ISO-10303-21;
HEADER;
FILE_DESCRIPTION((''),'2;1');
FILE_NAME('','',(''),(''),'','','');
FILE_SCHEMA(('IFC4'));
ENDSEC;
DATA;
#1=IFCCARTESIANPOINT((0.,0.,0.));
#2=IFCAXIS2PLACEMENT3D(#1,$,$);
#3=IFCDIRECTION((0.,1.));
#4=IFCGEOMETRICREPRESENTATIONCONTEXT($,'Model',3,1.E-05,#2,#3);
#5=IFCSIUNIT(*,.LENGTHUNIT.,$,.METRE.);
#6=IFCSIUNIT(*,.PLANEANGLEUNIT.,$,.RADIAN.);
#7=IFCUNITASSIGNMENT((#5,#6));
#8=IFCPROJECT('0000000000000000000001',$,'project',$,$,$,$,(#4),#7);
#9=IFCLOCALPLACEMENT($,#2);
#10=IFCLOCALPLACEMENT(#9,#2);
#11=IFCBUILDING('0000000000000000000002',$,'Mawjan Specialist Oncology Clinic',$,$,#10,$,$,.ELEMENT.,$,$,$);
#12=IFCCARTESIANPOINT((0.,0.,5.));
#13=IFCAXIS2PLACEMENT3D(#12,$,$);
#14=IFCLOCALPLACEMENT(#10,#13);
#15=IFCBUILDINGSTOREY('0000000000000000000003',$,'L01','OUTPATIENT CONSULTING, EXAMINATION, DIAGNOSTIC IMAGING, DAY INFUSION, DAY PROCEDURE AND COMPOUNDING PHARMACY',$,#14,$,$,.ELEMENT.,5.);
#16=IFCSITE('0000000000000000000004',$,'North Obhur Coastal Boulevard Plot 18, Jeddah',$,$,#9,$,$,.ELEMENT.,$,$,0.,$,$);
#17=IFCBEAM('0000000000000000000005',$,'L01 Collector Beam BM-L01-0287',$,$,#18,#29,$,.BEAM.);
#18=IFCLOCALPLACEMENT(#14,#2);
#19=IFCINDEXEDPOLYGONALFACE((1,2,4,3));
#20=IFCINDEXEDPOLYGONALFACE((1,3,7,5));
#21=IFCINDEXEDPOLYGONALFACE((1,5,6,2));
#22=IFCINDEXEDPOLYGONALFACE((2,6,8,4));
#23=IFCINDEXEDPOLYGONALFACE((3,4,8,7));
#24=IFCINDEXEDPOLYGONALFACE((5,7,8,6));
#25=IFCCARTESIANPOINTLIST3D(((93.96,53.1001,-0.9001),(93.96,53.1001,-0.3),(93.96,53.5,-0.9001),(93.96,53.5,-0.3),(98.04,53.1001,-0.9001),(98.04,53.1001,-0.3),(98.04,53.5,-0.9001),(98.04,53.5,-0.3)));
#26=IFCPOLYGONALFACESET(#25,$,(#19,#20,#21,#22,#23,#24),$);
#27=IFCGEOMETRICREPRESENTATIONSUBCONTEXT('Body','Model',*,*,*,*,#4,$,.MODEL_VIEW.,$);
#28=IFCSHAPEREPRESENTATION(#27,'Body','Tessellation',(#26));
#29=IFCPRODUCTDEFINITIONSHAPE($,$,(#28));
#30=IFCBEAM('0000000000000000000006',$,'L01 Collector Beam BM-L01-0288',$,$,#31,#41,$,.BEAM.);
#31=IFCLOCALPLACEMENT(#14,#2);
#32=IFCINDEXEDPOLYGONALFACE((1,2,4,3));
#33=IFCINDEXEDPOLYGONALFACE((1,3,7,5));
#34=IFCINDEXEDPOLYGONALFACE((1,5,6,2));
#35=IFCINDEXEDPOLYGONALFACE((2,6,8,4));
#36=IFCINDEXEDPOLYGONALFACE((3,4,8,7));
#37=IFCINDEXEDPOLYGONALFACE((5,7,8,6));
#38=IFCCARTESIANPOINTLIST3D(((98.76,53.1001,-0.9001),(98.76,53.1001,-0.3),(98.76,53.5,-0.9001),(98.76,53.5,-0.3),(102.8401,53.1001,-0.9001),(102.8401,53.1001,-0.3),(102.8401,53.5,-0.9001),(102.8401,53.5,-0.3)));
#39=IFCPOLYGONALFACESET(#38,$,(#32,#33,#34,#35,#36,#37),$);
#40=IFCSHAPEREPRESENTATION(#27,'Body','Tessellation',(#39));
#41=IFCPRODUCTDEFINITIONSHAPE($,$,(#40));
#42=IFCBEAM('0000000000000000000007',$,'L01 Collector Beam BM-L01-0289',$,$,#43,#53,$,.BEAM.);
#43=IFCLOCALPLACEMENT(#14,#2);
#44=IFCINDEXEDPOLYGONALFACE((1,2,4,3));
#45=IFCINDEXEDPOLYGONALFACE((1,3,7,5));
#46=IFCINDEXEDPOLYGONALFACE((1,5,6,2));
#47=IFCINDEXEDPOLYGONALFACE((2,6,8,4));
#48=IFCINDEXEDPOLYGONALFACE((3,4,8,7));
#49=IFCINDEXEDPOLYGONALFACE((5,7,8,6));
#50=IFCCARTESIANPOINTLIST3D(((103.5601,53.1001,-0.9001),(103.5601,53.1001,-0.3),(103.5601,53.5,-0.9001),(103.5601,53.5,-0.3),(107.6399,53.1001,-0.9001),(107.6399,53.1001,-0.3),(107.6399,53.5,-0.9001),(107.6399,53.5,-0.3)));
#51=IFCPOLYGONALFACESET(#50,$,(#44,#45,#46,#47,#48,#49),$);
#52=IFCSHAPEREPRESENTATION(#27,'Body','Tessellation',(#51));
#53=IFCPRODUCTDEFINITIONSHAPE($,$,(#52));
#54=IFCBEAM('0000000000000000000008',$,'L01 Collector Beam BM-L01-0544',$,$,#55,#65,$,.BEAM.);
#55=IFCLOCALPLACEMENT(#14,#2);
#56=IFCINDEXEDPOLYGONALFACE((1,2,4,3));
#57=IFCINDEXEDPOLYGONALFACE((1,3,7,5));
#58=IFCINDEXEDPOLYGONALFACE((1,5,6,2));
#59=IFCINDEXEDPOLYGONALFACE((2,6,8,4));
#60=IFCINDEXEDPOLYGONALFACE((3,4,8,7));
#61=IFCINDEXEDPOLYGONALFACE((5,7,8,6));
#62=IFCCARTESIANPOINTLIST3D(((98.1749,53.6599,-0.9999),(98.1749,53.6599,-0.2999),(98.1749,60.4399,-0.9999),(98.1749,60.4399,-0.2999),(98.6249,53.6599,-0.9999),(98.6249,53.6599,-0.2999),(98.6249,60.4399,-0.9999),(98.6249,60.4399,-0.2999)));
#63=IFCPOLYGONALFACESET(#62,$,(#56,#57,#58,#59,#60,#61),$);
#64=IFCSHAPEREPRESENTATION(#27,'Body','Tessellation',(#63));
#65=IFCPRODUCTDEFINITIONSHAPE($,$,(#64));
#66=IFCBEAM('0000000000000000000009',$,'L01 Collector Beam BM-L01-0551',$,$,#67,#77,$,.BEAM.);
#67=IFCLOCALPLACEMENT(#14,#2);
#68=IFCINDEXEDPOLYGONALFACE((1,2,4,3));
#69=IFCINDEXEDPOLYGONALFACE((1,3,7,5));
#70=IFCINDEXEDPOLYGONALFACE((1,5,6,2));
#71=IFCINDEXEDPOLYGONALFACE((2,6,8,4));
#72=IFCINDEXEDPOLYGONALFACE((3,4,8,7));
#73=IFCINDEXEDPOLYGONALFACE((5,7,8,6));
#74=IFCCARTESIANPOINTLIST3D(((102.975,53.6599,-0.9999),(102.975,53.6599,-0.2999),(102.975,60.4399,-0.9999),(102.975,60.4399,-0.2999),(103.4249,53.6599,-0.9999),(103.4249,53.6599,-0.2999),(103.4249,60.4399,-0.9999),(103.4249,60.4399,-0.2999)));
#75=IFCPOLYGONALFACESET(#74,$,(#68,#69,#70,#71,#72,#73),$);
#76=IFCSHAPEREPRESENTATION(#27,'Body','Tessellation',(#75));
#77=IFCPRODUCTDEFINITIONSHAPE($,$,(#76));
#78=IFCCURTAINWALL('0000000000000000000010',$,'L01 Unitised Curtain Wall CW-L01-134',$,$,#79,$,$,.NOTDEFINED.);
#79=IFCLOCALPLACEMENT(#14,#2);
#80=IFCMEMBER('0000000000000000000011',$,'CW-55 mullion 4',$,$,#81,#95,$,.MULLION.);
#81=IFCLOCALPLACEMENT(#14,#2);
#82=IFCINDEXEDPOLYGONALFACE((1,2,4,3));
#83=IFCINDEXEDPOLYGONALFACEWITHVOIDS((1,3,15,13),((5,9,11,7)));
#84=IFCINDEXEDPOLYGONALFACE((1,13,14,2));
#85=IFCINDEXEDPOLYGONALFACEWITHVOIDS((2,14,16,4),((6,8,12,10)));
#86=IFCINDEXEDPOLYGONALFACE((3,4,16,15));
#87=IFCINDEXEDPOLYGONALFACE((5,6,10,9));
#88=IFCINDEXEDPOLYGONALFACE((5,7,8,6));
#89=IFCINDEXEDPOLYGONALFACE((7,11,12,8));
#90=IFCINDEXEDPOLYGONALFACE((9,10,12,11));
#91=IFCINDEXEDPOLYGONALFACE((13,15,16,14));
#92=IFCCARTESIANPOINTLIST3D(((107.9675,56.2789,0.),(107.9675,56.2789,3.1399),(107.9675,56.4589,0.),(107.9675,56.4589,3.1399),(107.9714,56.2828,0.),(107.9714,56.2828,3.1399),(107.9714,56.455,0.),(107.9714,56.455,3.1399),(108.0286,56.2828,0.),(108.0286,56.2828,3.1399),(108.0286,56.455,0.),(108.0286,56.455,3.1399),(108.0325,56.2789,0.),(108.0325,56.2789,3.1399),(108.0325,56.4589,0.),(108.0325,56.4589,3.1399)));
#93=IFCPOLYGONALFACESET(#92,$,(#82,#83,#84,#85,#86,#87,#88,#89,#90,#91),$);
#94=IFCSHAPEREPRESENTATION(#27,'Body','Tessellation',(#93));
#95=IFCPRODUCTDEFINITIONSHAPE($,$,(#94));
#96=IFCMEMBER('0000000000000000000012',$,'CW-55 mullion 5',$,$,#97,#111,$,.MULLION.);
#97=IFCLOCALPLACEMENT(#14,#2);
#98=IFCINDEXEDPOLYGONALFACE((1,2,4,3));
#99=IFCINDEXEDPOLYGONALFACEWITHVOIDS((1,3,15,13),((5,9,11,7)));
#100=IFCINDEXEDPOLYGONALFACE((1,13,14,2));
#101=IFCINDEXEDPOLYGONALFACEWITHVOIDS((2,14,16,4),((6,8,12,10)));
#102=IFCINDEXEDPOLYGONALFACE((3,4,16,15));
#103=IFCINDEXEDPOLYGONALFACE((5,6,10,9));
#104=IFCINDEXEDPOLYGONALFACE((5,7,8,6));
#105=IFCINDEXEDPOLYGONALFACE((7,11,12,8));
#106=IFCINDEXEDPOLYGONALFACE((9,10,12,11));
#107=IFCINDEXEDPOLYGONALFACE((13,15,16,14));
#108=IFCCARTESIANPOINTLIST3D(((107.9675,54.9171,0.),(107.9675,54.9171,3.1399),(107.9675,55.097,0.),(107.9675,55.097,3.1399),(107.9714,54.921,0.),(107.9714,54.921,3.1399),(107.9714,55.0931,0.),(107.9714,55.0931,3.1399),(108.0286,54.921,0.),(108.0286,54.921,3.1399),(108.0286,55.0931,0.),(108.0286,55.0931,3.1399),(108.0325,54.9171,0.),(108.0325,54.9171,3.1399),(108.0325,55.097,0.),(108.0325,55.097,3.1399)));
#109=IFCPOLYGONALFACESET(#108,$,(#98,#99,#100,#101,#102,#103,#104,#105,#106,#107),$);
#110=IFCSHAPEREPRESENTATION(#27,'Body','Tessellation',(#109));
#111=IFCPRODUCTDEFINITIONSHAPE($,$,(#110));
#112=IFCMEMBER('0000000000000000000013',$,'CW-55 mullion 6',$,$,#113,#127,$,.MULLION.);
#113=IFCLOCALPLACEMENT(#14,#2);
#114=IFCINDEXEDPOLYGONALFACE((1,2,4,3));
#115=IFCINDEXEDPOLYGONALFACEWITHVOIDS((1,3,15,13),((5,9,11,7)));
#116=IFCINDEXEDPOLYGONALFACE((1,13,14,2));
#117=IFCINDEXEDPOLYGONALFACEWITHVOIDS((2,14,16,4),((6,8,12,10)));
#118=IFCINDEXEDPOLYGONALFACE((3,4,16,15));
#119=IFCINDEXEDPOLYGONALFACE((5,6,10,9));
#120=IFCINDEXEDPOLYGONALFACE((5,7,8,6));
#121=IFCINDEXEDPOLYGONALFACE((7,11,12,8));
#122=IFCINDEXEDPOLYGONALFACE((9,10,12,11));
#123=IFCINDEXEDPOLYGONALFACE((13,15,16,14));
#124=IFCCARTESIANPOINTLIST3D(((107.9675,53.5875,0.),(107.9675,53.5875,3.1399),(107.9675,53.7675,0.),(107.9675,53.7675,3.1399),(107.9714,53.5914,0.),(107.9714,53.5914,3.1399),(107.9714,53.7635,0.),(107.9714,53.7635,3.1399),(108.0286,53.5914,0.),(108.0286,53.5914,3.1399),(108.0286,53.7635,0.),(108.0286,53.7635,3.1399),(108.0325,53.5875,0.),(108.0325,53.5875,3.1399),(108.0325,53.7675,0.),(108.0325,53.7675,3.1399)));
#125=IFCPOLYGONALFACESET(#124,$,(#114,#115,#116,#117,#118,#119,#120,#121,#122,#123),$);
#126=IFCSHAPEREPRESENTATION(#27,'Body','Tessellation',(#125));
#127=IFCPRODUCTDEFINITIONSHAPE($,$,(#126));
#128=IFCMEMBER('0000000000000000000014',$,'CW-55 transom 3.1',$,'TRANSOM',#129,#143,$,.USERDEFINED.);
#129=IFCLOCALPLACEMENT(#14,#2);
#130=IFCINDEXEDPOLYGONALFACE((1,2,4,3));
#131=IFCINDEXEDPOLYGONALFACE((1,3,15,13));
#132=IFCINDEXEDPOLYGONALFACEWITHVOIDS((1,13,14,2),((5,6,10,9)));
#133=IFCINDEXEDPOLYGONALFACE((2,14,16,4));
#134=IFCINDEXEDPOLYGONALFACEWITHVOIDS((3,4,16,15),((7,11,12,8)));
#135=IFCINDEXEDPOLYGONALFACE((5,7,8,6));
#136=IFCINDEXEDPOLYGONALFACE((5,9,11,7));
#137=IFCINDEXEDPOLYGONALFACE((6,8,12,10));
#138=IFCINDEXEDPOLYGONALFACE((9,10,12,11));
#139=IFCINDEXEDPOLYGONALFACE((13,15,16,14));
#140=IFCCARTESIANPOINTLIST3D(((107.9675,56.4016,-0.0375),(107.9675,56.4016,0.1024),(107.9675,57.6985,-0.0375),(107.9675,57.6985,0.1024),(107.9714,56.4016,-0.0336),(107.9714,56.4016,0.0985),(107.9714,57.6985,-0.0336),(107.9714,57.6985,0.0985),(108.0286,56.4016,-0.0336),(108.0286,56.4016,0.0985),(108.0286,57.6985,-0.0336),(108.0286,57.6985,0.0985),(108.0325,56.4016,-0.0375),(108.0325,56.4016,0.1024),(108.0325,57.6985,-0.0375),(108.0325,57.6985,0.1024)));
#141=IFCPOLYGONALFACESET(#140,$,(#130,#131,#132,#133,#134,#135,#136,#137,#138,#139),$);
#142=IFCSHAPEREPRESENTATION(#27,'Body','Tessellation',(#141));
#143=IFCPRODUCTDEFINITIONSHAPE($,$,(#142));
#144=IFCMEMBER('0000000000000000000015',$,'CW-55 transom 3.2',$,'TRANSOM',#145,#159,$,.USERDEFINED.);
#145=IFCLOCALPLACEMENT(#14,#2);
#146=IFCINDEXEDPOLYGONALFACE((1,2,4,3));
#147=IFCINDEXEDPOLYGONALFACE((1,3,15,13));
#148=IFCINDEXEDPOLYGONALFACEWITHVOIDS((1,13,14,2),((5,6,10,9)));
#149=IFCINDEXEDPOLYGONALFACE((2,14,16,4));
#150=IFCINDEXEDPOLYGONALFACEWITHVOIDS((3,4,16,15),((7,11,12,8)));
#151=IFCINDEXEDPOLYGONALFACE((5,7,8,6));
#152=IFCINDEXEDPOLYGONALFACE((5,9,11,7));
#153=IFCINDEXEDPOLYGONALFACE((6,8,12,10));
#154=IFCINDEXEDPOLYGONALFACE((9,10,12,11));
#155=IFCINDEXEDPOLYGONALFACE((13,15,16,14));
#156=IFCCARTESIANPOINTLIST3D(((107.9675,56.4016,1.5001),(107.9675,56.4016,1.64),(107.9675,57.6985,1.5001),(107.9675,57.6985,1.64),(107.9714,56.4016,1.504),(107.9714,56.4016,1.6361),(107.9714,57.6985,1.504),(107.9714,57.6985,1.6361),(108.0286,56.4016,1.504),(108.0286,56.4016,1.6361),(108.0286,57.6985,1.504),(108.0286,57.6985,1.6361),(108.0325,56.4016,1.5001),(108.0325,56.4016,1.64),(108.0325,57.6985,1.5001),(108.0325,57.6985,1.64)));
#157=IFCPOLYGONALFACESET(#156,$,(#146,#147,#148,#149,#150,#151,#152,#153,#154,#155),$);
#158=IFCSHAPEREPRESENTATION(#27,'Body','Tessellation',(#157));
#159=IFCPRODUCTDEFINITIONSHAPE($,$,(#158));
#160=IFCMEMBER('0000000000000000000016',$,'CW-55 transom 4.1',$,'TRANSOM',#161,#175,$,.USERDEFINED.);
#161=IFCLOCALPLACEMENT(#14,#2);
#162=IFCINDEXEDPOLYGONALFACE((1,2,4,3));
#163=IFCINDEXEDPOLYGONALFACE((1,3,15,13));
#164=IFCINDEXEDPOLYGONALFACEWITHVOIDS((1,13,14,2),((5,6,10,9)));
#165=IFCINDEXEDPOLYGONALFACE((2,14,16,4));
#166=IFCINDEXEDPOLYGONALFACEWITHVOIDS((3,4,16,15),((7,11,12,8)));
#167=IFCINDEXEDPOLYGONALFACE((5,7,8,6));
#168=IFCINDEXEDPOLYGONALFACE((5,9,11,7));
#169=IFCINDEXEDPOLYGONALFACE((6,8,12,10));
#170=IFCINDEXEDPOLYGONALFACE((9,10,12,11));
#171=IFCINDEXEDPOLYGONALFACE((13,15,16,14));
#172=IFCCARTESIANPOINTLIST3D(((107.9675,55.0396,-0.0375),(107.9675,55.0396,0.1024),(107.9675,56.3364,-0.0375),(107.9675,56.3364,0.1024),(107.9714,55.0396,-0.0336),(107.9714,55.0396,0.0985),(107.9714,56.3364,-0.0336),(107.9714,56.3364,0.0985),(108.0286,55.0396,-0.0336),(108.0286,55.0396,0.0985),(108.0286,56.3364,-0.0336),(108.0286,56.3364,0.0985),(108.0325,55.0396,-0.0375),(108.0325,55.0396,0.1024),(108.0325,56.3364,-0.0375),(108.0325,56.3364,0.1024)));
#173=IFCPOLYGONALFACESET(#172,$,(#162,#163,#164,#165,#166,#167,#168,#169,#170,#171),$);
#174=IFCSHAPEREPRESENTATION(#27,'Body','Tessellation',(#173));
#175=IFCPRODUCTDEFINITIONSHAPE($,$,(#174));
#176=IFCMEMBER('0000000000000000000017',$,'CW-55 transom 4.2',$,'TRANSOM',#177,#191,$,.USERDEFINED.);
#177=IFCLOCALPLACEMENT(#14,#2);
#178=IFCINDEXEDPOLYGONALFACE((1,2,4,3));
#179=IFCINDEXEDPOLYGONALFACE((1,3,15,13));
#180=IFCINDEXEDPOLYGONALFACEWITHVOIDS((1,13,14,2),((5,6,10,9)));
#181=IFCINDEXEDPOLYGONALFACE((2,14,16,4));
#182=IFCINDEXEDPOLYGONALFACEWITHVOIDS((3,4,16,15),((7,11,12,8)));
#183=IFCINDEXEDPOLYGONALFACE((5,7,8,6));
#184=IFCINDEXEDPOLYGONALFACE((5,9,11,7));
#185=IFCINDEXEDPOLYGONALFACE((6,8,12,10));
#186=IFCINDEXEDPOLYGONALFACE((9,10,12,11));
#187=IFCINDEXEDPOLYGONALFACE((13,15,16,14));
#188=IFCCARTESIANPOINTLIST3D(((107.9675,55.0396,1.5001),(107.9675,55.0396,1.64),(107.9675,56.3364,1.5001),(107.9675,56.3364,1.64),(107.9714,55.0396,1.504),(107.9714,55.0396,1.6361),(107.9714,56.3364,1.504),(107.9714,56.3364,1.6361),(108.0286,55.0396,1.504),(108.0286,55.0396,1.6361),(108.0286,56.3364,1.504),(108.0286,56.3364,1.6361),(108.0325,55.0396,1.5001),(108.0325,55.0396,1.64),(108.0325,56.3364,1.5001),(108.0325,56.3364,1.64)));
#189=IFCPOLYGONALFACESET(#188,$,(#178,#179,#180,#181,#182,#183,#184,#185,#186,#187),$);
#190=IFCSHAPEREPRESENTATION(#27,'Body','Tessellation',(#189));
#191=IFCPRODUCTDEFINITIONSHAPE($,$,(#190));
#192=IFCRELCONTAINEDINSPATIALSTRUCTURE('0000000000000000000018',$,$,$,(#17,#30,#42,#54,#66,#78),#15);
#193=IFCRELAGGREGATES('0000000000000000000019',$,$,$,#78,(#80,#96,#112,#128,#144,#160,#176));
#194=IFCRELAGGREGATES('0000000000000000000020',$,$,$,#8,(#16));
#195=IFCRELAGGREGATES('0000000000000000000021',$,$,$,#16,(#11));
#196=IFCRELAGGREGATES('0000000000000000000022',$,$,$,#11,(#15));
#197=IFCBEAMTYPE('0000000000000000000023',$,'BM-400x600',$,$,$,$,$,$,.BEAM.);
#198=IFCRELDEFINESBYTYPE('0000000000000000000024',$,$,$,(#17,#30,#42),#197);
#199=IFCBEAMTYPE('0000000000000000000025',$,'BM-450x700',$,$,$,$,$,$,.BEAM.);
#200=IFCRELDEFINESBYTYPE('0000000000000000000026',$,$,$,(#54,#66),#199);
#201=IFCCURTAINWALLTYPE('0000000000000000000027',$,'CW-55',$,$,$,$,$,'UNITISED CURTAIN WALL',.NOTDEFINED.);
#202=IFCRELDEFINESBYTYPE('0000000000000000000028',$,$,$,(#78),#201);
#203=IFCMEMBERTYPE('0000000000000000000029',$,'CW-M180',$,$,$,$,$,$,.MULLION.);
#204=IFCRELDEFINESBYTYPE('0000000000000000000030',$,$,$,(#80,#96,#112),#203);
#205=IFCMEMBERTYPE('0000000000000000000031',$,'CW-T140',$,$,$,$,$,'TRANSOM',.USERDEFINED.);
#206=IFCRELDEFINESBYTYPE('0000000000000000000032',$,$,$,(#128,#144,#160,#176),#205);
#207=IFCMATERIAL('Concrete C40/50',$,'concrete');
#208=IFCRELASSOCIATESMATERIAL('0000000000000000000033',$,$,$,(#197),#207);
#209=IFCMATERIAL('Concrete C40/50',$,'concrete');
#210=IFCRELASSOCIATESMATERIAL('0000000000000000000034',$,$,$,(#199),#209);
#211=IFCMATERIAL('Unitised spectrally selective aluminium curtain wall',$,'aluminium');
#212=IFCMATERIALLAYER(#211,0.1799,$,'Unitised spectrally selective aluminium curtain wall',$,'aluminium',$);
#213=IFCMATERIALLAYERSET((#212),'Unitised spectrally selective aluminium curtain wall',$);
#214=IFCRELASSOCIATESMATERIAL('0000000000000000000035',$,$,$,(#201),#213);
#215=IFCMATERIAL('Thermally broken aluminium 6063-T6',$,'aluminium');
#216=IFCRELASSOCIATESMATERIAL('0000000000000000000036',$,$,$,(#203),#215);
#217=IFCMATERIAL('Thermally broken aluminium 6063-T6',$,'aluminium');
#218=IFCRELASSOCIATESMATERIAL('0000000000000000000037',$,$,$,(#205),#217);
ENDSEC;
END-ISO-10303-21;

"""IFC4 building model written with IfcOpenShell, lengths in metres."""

from ifc_helpers import new_model, si_unit, direction, frame, origin, origin_2d, place, context, subcontext, project, spatial, rectangle, hollow_rectangle, extrude, material, layer, layer_set, material_profile, profile_set, type_object, element, aggregate, save


model = new_model("IFC4")

# Units and contexts
model_context = context("Model", 3, precision=1e-05, world=origin(), true_north=direction((0.0, 1.0)))
body_context = subcontext(model_context, "Body", "Model", "MODEL_VIEW")
ifc_project = project(units=[si_unit("LENGTHUNIT", "METRE"), si_unit("PLANEANGLEUNIT", "RADIAN")], contexts=[model_context])

# Site, building, storey
site_placement = place(None, origin())
site = spatial("IfcSite", under=ifc_project, at=site_placement, Name="North Obhur Coastal Boulevard Plot 18, Jeddah", CompositionType="ELEMENT", RefElevation=0.0)
building_placement = place(site_placement, origin())
building = spatial("IfcBuilding", under=site, at=building_placement, Name="Mawjan Specialist Oncology Clinic", CompositionType="ELEMENT")
storey_placement = place(building_placement, frame((0.0, 0.0, 5.0)))
storey = spatial("IfcBuildingStorey", under=building, at=storey_placement, Name="L01", Description="OUTPATIENT CONSULTING, EXAMINATION, DIAGNOSTIC IMAGING, DAY INFUSION, DAY PROCEDURE AND COMPOUNDING PHARMACY", CompositionType="ELEMENT", Elevation=5.0)

# Beams
ifc_material_1 = material(Name="Concrete C40/50", Category="concrete")
ifc_material_profile_1 = material_profile(ifc_material_1, rectangle(XDim=0.3999, YDim=0.6001, at=origin_2d()), Name="RC BM 400x600", Category="concrete")
ifc_profile_set_1 = profile_set([ifc_material_profile_1], Name="Concrete C40/50")
beam_type_1 = type_object("IfcBeamType", Name="BM-400x600", PredefinedType="BEAM", material=ifc_profile_set_1)
for number, where, z_axis, x_axis, name in (
    (1, (93.96, 53.3, -0.6001), (1.0, 0.0, 0.0), (0.0, 1.0, 0.0), "L01 Collector Beam BM-L01-0287"),
    (2, (98.76, 53.3, -0.6001), (1.0, 0.0, 0.0), (0.0, 1.0, 0.0), "L01 Collector Beam BM-L01-0288"),
):
    element("IfcBeam", number, at=place(storey_placement, frame(where, z_axis=z_axis, x_axis=x_axis)), inside=storey, type_object=beam_type_1, Name=name, PredefinedType="BEAM", context=body_context, shape_type="SweptSolid", body=[
        extrude(rectangle(XDim=0.3999, YDim=0.6001, at=origin_2d()), origin(), (0.0, 0.0, 1.0), 4.0801),
    ])
beam_placement = place(storey_placement, frame((103.5601, 53.3, -0.6001), z_axis=(1.0, 0.0, 0.0), x_axis=(0.0, 1.0, 0.0)))
element("IfcBeam", 3, at=beam_placement, inside=storey, type_object=beam_type_1, Name="L01 Collector Beam BM-L01-0289", PredefinedType="BEAM", context=body_context, shape_type="SweptSolid", body=[
    extrude(rectangle(XDim=0.3999, YDim=0.6001, at=origin_2d()), origin(), (0.0, 0.0, 1.0), 4.0798),
])
ifc_material_2 = material(Name="Concrete C40/50", Category="concrete")
ifc_material_profile_2 = material_profile(ifc_material_2, rectangle(XDim=0.45, YDim=0.7, at=origin_2d()), Name="RC BM 450x700", Category="concrete")
ifc_profile_set_2 = profile_set([ifc_material_profile_2], Name="Concrete C40/50")
beam_type_2 = type_object("IfcBeamType", Name="BM-450x700", PredefinedType="BEAM", material=ifc_profile_set_2)
for number, where, z_axis, x_axis, name in (
    (4, (98.3999, 53.6599, -0.6499), (0.0, 1.0, 0.0), (-1.0, 0.0, 0.0), "L01 Collector Beam BM-L01-0544"),
    (5, (103.2, 53.6599, -0.6499), (0.0, 1.0, 0.0), (-1.0, 0.0, 0.0), "L01 Collector Beam BM-L01-0551"),
):
    element("IfcBeam", number, at=place(storey_placement, frame(where, z_axis=z_axis, x_axis=x_axis)), inside=storey, type_object=beam_type_2, Name=name, PredefinedType="BEAM", context=body_context, shape_type="SweptSolid", body=[
        extrude(rectangle(XDim=0.45, YDim=0.7, at=origin_2d()), origin(), (0.0, 0.0, 1.0), 6.78),
    ])

# Curtain wall, members
ifc_material_3 = material(Name="Unitised spectrally selective aluminium curtain wall", Category="aluminium")
ifc_layer_1 = layer(ifc_material_3, 0.1799, Name="Unitised spectrally selective aluminium curtain wall", Category="aluminium")
ifc_layer_set_1 = layer_set([ifc_layer_1], Name="Unitised spectrally selective aluminium curtain wall")
curtain_wall_type = type_object("IfcCurtainWallType", Name="CW-55", ElementType="UNITISED CURTAIN WALL", PredefinedType="NOTDEFINED", material=ifc_layer_set_1)
curtain_wall_placement = place(storey_placement, origin())
curtain_wall = element("IfcCurtainWall", 6, at=curtain_wall_placement, inside=storey, type_object=curtain_wall_type, Name="L01 Unitised Curtain Wall CW-L01-134", PredefinedType="NOTDEFINED")
ifc_material_4 = material(Name="Thermally broken aluminium 6063-T6", Category="aluminium")
ifc_material_profile_3 = material_profile(ifc_material_4, hollow_rectangle(XDim=0.0649, YDim=0.1799, WallThickness=0.0039, at=origin_2d()), Name="ALU MULLION 180x65x4", Category="aluminium")
ifc_profile_set_3 = profile_set([ifc_material_profile_3], Name="Thermally broken aluminium 6063-T6")
member_type_1 = type_object("IfcMemberType", Name="CW-M180", PredefinedType="MULLION", material=ifc_profile_set_3)
member_1_placement = place(storey_placement, frame((108.0, 56.3689, 0.0), z_axis=(0.0, 0.0, 1.0), x_axis=(1.0, 0.0, 0.0)))
member_1 = element("IfcMember", 7, at=member_1_placement, type_object=member_type_1, Name="CW-55 mullion 4", PredefinedType="MULLION", context=body_context, shape_type="SweptSolid", body=[
    extrude(hollow_rectangle(XDim=0.0649, YDim=0.1799, WallThickness=0.0039, at=origin_2d()), origin(), (0.0, 0.0, 1.0), 3.1399),
])
member_2_placement = place(storey_placement, frame((108.0, 55.0071, 0.0), z_axis=(0.0, 0.0, 1.0), x_axis=(1.0, 0.0, 0.0)))
member_2 = element("IfcMember", 8, at=member_2_placement, type_object=member_type_1, Name="CW-55 mullion 5", PredefinedType="MULLION", context=body_context, shape_type="SweptSolid", body=[
    extrude(hollow_rectangle(XDim=0.0649, YDim=0.1799, WallThickness=0.0039, at=origin_2d()), origin(), (0.0, 0.0, 1.0), 3.1399),
])
member_3_placement = place(storey_placement, frame((108.0, 53.6775, 0.0), z_axis=(0.0, 0.0, 1.0), x_axis=(1.0, 0.0, 0.0)))
member_3 = element("IfcMember", 9, at=member_3_placement, type_object=member_type_1, Name="CW-55 mullion 6", PredefinedType="MULLION", context=body_context, shape_type="SweptSolid", body=[
    extrude(hollow_rectangle(XDim=0.0649, YDim=0.1799, WallThickness=0.0039, at=origin_2d()), origin(), (0.0, 0.0, 1.0), 3.1399),
])
ifc_material_5 = material(Name="Thermally broken aluminium 6063-T6", Category="aluminium")
ifc_material_profile_4 = material_profile(ifc_material_5, hollow_rectangle(XDim=0.0649, YDim=0.1399, WallThickness=0.0039, at=origin_2d()), Name="ALU TRANSOM 140x65x4", Category="aluminium")
ifc_profile_set_4 = profile_set([ifc_material_profile_4], Name="Thermally broken aluminium 6063-T6")
member_type_2 = type_object("IfcMemberType", Name="CW-T140", ElementType="TRANSOM", PredefinedType="USERDEFINED", material=ifc_profile_set_4)
member_4_placement = place(storey_placement, frame((108.0, 57.6985, 0.0325), z_axis=(0.0, -1.0, 0.0), x_axis=(1.0, 0.0, 0.0)))
member_4 = element("IfcMember", 10, at=member_4_placement, type_object=member_type_2, Name="CW-55 transom 3.1", ObjectType="TRANSOM", PredefinedType="USERDEFINED", context=body_context, shape_type="SweptSolid", body=[
    extrude(hollow_rectangle(XDim=0.0649, YDim=0.1399, WallThickness=0.0039, at=origin_2d()), origin(), (0.0, 0.0, 1.0), 1.2969),
])
member_5_placement = place(storey_placement, frame((108.0, 57.6985, 1.5701), z_axis=(0.0, -1.0, 0.0), x_axis=(1.0, 0.0, 0.0)))
member_5 = element("IfcMember", 11, at=member_5_placement, type_object=member_type_2, Name="CW-55 transom 3.2", ObjectType="TRANSOM", PredefinedType="USERDEFINED", context=body_context, shape_type="SweptSolid", body=[
    extrude(hollow_rectangle(XDim=0.0649, YDim=0.1399, WallThickness=0.0039, at=origin_2d()), origin(), (0.0, 0.0, 1.0), 1.2969),
])
member_6_placement = place(storey_placement, frame((108.0, 56.3364, 0.0325), z_axis=(0.0, -1.0, 0.0), x_axis=(1.0, 0.0, 0.0)))
member_6 = element("IfcMember", 12, at=member_6_placement, type_object=member_type_2, Name="CW-55 transom 4.1", ObjectType="TRANSOM", PredefinedType="USERDEFINED", context=body_context, shape_type="SweptSolid", body=[
    extrude(hollow_rectangle(XDim=0.0649, YDim=0.1399, WallThickness=0.0039, at=origin_2d()), origin(), (0.0, 0.0, 1.0), 1.2969),
])
member_7_placement = place(storey_placement, frame((108.0, 56.3364, 1.5701), z_axis=(0.0, -1.0, 0.0), x_axis=(1.0, 0.0, 0.0)))
member_7 = element("IfcMember", 13, at=member_7_placement, type_object=member_type_2, Name="CW-55 transom 4.2", ObjectType="TRANSOM", PredefinedType="USERDEFINED", context=body_context, shape_type="SweptSolid", body=[
    extrude(hollow_rectangle(XDim=0.0649, YDim=0.1399, WallThickness=0.0039, at=origin_2d()), origin(), (0.0, 0.0, 1.0), 1.2969),
])

aggregate(curtain_wall, [member_1, member_2, member_3, member_4, member_5, member_6, member_7])

save(model, "model.ifc")
